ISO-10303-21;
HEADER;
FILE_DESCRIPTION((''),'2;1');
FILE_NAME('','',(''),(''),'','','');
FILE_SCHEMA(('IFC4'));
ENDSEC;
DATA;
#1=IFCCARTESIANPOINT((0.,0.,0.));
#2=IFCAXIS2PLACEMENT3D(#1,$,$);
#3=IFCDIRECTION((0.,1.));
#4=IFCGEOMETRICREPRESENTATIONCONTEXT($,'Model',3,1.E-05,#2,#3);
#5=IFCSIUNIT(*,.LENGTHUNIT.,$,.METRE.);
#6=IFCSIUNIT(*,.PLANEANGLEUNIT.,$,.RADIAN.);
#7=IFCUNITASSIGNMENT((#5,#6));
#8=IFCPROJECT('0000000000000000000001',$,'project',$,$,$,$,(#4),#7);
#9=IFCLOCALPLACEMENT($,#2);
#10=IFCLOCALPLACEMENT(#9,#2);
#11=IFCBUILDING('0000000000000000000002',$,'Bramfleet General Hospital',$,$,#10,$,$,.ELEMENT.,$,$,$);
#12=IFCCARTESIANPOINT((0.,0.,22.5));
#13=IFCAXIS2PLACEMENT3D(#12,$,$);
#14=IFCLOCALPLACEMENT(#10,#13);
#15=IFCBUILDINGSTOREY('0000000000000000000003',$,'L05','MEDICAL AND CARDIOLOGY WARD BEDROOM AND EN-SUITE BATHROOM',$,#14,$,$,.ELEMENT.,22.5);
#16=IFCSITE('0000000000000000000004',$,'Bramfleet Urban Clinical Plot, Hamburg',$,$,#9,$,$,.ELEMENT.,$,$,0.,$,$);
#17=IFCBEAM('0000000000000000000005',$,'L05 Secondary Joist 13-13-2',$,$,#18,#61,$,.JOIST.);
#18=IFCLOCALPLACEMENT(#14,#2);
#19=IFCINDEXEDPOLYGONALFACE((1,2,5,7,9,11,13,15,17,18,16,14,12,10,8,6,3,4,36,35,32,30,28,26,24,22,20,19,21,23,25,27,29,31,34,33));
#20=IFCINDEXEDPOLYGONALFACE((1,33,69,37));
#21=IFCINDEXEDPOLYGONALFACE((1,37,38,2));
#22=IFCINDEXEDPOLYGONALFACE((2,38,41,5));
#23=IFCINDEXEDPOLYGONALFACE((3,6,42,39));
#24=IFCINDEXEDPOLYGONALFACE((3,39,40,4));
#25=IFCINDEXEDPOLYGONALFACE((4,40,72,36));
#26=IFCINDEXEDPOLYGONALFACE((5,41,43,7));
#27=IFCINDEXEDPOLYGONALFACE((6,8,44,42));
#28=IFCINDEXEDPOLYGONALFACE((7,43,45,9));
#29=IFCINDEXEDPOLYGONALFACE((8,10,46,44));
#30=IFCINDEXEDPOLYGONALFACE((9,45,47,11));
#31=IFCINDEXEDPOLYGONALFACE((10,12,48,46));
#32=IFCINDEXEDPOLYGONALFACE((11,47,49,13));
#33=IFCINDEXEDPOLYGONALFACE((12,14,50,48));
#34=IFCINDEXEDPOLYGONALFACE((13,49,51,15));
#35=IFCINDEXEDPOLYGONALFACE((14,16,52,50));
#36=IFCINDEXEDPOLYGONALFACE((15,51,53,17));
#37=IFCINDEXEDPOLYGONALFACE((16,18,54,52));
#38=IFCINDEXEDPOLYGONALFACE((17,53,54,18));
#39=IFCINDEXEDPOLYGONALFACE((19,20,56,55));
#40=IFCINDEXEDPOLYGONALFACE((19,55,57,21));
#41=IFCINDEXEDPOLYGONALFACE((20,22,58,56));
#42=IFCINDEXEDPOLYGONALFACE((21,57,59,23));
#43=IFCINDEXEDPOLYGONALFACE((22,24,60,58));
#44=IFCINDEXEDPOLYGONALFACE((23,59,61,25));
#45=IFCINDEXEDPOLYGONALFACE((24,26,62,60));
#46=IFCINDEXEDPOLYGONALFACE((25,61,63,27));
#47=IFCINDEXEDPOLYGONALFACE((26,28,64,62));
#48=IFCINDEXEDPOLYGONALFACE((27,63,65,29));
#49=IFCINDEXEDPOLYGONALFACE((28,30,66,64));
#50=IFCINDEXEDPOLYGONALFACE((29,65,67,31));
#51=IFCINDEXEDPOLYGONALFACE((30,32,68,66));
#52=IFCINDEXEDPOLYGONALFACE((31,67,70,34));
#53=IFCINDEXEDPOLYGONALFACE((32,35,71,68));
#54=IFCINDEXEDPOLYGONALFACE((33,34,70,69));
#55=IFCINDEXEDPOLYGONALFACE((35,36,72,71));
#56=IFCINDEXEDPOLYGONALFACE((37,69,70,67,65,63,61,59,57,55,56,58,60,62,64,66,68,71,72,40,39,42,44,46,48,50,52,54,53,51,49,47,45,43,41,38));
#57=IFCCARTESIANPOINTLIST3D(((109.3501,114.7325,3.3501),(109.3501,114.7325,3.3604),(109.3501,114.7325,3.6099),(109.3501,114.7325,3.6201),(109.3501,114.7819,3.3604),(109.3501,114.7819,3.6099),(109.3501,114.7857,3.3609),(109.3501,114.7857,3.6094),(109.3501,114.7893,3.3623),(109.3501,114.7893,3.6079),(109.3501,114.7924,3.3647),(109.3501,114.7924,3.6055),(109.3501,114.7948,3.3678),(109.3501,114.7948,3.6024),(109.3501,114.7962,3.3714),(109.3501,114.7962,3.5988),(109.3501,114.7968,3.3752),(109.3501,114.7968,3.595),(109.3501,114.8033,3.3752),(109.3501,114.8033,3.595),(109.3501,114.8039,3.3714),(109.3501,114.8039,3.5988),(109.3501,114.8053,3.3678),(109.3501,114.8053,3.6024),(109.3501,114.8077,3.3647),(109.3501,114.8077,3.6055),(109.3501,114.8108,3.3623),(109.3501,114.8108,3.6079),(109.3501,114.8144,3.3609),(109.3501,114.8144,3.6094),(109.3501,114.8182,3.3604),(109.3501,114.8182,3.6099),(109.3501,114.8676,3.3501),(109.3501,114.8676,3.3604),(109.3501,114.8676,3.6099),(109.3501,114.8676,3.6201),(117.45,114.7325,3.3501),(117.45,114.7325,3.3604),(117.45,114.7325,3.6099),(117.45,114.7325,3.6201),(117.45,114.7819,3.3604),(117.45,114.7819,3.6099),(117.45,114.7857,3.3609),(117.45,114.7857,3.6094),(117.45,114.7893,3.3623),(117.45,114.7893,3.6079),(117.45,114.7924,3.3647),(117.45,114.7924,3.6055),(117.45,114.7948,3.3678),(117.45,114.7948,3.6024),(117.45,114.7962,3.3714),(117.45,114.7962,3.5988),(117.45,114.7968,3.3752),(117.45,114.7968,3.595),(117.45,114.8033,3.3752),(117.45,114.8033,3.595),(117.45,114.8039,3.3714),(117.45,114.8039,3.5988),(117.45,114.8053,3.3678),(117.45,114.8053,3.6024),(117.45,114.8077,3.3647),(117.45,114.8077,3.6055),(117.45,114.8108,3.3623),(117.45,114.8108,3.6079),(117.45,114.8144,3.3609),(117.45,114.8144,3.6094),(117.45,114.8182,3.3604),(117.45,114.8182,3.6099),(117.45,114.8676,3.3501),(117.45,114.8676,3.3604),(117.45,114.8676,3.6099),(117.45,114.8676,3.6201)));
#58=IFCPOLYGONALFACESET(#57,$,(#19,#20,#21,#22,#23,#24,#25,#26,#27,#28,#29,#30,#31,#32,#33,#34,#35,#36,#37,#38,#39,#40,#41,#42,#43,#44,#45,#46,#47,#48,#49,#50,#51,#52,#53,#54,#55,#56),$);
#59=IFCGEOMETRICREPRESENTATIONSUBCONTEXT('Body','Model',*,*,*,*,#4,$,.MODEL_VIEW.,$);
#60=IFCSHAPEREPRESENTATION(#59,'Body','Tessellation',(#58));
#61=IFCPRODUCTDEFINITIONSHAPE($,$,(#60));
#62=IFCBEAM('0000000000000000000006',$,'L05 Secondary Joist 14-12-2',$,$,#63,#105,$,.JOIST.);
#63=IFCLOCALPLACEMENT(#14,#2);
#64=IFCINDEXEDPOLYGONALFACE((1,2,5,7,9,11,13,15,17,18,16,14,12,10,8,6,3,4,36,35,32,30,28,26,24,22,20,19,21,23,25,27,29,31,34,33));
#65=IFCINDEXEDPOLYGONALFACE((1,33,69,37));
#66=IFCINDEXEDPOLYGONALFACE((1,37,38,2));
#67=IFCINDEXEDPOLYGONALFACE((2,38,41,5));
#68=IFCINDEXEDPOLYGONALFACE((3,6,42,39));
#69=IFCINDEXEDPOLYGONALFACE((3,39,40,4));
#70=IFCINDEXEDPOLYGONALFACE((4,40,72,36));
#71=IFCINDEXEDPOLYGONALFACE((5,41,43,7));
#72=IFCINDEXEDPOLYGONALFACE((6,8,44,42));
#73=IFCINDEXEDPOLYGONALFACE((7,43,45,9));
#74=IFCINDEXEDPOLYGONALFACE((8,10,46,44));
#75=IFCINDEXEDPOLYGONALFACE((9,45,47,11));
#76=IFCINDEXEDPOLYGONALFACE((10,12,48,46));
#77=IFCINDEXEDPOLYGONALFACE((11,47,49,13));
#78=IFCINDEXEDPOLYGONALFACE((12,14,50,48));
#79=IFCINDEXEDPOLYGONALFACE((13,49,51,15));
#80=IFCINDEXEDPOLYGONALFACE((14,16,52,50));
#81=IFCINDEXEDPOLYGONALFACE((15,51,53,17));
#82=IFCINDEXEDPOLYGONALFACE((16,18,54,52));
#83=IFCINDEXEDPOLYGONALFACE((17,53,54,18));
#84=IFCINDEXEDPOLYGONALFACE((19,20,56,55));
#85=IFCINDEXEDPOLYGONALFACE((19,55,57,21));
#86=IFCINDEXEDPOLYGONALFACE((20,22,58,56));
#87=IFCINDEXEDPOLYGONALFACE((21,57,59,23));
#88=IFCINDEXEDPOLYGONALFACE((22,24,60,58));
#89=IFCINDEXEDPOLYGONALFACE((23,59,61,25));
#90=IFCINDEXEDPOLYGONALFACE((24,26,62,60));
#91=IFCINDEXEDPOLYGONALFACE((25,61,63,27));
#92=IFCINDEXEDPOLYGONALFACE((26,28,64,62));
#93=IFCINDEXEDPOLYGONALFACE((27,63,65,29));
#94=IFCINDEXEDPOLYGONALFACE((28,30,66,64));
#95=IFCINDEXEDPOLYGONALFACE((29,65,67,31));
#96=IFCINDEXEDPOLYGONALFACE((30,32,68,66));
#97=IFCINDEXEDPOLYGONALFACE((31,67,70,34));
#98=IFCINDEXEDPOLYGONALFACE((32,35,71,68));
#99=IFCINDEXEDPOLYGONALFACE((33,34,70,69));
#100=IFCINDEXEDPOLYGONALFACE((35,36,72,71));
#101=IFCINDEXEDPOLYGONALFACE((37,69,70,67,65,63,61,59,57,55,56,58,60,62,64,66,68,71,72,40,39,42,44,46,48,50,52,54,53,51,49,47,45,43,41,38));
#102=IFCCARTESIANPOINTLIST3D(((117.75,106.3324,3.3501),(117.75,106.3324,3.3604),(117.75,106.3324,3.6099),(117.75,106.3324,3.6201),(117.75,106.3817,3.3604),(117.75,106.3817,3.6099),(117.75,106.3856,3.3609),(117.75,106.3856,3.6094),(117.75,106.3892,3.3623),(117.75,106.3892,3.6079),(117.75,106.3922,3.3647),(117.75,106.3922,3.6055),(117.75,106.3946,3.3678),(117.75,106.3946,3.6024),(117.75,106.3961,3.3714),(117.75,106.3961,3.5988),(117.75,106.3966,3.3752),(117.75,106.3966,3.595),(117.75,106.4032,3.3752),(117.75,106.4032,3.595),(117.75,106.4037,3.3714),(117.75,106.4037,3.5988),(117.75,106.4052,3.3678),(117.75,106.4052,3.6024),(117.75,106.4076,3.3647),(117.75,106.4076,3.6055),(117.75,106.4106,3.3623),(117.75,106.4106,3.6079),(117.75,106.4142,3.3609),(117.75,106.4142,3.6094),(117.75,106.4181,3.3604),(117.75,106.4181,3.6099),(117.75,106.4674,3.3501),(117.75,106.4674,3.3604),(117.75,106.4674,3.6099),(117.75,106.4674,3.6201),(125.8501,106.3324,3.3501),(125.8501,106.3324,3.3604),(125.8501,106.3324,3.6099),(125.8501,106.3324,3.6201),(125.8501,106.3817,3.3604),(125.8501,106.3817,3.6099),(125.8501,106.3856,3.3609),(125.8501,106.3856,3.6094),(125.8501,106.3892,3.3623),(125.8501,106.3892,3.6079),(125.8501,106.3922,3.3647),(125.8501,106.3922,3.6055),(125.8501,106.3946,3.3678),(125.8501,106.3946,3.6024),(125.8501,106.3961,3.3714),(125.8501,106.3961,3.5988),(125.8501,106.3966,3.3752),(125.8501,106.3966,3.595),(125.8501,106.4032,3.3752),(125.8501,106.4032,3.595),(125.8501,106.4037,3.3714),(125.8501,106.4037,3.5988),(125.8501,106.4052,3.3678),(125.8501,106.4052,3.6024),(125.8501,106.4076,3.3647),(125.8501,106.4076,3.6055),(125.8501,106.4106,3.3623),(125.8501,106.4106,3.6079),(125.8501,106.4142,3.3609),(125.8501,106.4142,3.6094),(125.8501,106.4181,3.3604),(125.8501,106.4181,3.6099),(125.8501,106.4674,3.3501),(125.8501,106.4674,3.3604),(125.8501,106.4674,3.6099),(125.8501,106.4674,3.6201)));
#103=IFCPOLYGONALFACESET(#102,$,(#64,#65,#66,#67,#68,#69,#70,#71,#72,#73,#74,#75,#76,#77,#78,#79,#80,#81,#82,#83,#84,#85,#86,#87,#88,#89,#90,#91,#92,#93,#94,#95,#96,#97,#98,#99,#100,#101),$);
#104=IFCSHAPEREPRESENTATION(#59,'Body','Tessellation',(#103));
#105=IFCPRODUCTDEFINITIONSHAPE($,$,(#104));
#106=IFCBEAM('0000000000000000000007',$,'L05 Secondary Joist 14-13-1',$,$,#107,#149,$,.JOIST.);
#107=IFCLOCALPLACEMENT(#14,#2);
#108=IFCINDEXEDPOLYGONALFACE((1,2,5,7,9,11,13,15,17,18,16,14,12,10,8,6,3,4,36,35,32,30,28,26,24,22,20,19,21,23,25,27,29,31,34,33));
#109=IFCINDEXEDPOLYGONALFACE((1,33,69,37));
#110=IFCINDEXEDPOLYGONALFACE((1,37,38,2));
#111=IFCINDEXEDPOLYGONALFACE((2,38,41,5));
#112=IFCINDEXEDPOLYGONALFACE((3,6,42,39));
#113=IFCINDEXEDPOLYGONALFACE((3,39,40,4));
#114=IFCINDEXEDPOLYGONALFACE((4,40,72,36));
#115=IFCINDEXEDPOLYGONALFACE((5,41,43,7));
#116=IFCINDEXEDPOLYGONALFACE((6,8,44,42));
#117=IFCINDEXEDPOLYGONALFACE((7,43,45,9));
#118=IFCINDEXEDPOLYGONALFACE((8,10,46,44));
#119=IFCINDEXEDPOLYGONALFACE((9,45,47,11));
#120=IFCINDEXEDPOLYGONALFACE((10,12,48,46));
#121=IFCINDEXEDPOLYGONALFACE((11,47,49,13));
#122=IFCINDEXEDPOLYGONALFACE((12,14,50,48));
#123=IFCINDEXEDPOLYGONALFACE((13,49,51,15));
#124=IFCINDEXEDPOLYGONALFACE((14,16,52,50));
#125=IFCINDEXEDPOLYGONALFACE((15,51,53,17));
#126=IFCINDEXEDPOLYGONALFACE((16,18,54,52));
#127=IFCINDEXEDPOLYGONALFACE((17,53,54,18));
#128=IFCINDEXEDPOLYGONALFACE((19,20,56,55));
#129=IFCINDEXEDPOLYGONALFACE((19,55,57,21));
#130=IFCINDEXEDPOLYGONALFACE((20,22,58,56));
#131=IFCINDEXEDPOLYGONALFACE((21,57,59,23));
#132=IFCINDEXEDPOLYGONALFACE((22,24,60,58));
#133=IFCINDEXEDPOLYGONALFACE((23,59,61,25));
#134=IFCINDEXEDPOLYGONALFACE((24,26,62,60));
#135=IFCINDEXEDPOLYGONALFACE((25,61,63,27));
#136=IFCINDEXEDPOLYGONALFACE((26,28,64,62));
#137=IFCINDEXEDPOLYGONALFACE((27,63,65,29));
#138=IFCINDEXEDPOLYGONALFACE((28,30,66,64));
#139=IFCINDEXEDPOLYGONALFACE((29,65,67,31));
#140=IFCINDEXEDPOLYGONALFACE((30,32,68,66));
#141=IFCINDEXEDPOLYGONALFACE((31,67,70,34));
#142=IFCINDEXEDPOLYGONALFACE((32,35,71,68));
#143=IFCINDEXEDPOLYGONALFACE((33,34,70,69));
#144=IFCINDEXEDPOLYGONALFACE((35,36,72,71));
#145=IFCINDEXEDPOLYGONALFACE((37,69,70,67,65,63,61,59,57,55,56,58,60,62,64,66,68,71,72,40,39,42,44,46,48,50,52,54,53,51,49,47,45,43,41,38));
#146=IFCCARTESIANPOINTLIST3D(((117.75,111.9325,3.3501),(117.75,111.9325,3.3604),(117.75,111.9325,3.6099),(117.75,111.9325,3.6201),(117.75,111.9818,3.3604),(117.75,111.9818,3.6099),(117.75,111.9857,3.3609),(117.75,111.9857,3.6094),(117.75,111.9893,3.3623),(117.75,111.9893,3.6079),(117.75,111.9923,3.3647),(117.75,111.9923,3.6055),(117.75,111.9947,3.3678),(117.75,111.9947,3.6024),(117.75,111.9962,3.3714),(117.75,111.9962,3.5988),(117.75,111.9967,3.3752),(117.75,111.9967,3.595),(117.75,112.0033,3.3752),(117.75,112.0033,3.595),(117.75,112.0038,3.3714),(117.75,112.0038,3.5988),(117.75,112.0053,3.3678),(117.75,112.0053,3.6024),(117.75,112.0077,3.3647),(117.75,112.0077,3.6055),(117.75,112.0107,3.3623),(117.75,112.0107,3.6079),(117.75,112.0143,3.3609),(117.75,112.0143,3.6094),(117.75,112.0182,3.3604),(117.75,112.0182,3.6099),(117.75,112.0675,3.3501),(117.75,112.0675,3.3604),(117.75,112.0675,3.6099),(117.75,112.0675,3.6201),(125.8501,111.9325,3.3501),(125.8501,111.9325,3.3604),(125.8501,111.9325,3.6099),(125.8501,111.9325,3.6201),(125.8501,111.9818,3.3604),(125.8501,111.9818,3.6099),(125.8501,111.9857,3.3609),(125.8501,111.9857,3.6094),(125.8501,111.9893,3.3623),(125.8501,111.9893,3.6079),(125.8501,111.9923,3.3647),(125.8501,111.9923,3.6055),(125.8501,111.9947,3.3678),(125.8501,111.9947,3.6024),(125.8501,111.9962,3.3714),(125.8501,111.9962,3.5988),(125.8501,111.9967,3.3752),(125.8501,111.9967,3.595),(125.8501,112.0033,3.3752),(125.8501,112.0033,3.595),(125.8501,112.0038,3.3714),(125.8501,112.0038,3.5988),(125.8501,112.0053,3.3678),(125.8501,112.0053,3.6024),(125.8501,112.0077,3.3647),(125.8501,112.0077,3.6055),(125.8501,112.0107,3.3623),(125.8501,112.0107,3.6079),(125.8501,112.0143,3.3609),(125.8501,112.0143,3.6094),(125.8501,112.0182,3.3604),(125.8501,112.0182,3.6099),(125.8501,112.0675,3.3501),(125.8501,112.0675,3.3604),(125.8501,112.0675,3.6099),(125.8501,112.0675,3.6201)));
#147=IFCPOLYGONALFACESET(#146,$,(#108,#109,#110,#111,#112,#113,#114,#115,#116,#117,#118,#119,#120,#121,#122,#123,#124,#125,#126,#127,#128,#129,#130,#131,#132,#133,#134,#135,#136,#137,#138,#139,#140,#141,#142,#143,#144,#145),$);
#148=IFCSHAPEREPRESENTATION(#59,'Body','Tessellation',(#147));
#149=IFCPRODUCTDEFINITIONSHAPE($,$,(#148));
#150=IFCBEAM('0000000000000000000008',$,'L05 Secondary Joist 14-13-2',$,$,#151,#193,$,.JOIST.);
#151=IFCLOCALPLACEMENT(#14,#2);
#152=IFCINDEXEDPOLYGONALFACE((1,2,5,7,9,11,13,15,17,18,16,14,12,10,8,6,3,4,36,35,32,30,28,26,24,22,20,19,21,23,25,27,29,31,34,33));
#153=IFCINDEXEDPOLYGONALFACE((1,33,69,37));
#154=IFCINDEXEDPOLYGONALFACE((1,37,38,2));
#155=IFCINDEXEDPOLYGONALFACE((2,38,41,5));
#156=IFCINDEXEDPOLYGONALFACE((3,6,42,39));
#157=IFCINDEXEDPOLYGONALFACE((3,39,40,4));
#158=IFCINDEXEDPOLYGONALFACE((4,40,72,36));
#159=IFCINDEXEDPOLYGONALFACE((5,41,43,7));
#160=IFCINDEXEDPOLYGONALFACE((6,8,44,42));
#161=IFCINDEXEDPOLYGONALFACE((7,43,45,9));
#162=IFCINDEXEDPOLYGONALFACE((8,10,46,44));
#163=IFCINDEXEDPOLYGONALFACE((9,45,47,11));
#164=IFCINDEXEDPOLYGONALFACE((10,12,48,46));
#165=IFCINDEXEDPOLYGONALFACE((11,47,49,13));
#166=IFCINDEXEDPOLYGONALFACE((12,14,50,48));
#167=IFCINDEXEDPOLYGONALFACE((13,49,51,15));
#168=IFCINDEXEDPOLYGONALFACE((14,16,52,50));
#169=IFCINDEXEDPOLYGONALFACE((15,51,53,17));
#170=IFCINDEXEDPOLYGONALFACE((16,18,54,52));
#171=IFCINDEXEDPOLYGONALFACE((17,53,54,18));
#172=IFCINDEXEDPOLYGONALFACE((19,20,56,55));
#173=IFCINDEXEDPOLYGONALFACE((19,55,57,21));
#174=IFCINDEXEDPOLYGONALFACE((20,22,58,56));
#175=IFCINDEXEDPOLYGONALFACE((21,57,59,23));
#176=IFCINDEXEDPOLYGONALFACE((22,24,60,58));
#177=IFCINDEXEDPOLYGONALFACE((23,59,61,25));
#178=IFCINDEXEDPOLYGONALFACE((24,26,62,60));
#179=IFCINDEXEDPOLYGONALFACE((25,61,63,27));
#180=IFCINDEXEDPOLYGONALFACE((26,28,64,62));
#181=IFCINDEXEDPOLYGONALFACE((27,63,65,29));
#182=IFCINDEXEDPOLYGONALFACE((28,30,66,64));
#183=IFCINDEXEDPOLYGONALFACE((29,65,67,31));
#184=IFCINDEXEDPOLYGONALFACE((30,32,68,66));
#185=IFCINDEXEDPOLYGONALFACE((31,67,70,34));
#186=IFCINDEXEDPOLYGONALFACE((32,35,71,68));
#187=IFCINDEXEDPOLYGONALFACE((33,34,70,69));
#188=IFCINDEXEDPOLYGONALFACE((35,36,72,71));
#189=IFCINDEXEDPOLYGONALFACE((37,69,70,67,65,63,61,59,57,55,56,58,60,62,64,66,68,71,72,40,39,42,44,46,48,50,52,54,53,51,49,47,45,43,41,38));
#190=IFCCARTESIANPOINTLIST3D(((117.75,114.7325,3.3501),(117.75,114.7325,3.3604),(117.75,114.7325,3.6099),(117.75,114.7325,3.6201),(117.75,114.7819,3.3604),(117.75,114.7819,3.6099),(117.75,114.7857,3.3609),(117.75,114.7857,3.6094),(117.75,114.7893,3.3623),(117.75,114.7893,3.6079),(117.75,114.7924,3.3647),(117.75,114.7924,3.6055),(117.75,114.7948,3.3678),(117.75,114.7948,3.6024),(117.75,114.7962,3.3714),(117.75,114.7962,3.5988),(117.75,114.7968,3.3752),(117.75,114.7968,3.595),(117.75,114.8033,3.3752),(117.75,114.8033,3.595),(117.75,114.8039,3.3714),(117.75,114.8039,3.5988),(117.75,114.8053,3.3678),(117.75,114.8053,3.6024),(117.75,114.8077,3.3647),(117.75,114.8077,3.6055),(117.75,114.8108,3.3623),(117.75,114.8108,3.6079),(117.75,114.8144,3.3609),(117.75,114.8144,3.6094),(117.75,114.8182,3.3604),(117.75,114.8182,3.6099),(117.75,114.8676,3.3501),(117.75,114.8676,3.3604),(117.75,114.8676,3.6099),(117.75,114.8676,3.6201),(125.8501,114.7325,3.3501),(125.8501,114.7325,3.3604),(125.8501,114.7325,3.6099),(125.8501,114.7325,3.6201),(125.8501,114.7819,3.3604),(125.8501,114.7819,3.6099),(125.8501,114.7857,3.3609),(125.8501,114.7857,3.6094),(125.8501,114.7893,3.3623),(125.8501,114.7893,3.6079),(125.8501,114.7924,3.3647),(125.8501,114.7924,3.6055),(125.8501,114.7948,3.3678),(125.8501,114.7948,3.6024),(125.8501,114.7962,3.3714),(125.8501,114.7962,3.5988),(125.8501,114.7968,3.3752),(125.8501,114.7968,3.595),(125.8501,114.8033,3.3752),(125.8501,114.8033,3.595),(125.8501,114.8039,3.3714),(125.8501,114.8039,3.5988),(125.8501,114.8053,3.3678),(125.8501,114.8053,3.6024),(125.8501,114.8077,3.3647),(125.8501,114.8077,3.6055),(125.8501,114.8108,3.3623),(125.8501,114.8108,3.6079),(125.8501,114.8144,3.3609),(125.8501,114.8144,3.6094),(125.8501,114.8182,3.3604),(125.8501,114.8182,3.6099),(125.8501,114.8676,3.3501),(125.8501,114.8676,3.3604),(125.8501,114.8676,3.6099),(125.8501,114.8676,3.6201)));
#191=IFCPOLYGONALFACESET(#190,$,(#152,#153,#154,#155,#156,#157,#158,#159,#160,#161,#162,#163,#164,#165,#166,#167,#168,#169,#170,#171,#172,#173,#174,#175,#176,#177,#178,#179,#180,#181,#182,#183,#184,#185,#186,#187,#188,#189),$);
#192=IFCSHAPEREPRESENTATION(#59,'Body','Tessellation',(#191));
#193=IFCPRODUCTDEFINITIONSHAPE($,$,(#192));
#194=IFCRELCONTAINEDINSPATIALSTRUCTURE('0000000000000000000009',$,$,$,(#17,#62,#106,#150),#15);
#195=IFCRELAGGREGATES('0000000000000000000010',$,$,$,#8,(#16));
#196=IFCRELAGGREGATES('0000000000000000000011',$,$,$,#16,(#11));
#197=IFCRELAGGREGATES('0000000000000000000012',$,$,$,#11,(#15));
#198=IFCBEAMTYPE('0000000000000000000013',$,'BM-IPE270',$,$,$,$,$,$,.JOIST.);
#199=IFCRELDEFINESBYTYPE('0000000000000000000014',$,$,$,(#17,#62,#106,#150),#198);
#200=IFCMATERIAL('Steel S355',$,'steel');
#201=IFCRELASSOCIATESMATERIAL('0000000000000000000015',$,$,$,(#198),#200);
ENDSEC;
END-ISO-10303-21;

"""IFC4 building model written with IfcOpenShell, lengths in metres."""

from ifc_helpers import new_model, si_unit, direction, frame, origin, origin_2d, place, context, subcontext, project, spatial, i_section, extrude, material, material_profile, profile_set, type_object, element, save


model = new_model("IFC4")

# Units and contexts
model_context = context("Model", 3, precision=1e-05, world=origin(), true_north=direction((0.0, 1.0)))
body_context = subcontext(model_context, "Body", "Model", "MODEL_VIEW")
ifc_project = project(units=[si_unit("LENGTHUNIT", "METRE"), si_unit("PLANEANGLEUNIT", "RADIAN")], contexts=[model_context])

# Site, building, storey
site_placement = place(None, origin())
site = spatial("IfcSite", under=ifc_project, at=site_placement, Name="Bramfleet Urban Clinical Plot, Hamburg", CompositionType="ELEMENT", RefElevation=0.0)
building_placement = place(site_placement, origin())
building = spatial("IfcBuilding", under=site, at=building_placement, Name="Bramfleet General Hospital", CompositionType="ELEMENT")
storey_placement = place(building_placement, frame((0.0, 0.0, 22.5)))
storey = spatial("IfcBuildingStorey", under=building, at=storey_placement, Name="L05", Description="MEDICAL AND CARDIOLOGY WARD BEDROOM AND EN-SUITE BATHROOM", CompositionType="ELEMENT", Elevation=22.5)

# Beams
ifc_material_1 = material(Name="Steel S355", Category="steel")
ifc_material_profile_1 = material_profile(ifc_material_1, i_section(OverallWidth=0.135, OverallDepth=0.27, WebThickness=0.0066, FlangeThickness=0.0103, FilletRadius=0.0149, at=origin_2d()), Name="IPE 270")
ifc_profile_set_1 = profile_set([ifc_material_profile_1], Name="Steel S355")
beam_type_1 = type_object("IfcBeamType", Name="BM-IPE270", PredefinedType="JOIST", material=ifc_profile_set_1)
for number, where, z_axis, x_axis, name in (
    (1, (109.3501, 114.8, 3.4851), (1.0, 0.0, 0.0), (0.0, 1.0, 0.0), "L05 Secondary Joist 13-13-2"),
):
    element("IfcBeam", number, at=place(storey_placement, frame(where, z_axis=z_axis, x_axis=x_axis)), inside=storey, type_object=beam_type_1, Name=name, PredefinedType="JOIST", context=body_context, shape_type="SweptSolid", body=[
        extrude(i_section(OverallWidth=0.135, OverallDepth=0.27, WebThickness=0.0066, FlangeThickness=0.0103, FilletRadius=0.0149, at=origin_2d()), origin(), (0.0, 0.0, 1.0), 8.0999),
    ])
for number, where, z_axis, x_axis, name in (
    (2, (117.75, 106.3999, 3.4851), (1.0, 0.0, 0.0), (0.0, 1.0, 0.0), "L05 Secondary Joist 14-12-2"),
    (3, (117.75, 112.0, 3.4851), (1.0, 0.0, 0.0), (0.0, 1.0, 0.0), "L05 Secondary Joist 14-13-1"),
    (4, (117.75, 114.8, 3.4851), (1.0, 0.0, 0.0), (0.0, 1.0, 0.0), "L05 Secondary Joist 14-13-2"),
):
    element("IfcBeam", number, at=place(storey_placement, frame(where, z_axis=z_axis, x_axis=x_axis)), inside=storey, type_object=beam_type_1, Name=name, PredefinedType="JOIST", context=body_context, shape_type="SweptSolid", body=[
        extrude(i_section(OverallWidth=0.135, OverallDepth=0.27, WebThickness=0.0066, FlangeThickness=0.0103, FilletRadius=0.0149, at=origin_2d()), origin(), (0.0, 0.0, 1.0), 8.1001),
    ])

save(model, "model.ifc")
